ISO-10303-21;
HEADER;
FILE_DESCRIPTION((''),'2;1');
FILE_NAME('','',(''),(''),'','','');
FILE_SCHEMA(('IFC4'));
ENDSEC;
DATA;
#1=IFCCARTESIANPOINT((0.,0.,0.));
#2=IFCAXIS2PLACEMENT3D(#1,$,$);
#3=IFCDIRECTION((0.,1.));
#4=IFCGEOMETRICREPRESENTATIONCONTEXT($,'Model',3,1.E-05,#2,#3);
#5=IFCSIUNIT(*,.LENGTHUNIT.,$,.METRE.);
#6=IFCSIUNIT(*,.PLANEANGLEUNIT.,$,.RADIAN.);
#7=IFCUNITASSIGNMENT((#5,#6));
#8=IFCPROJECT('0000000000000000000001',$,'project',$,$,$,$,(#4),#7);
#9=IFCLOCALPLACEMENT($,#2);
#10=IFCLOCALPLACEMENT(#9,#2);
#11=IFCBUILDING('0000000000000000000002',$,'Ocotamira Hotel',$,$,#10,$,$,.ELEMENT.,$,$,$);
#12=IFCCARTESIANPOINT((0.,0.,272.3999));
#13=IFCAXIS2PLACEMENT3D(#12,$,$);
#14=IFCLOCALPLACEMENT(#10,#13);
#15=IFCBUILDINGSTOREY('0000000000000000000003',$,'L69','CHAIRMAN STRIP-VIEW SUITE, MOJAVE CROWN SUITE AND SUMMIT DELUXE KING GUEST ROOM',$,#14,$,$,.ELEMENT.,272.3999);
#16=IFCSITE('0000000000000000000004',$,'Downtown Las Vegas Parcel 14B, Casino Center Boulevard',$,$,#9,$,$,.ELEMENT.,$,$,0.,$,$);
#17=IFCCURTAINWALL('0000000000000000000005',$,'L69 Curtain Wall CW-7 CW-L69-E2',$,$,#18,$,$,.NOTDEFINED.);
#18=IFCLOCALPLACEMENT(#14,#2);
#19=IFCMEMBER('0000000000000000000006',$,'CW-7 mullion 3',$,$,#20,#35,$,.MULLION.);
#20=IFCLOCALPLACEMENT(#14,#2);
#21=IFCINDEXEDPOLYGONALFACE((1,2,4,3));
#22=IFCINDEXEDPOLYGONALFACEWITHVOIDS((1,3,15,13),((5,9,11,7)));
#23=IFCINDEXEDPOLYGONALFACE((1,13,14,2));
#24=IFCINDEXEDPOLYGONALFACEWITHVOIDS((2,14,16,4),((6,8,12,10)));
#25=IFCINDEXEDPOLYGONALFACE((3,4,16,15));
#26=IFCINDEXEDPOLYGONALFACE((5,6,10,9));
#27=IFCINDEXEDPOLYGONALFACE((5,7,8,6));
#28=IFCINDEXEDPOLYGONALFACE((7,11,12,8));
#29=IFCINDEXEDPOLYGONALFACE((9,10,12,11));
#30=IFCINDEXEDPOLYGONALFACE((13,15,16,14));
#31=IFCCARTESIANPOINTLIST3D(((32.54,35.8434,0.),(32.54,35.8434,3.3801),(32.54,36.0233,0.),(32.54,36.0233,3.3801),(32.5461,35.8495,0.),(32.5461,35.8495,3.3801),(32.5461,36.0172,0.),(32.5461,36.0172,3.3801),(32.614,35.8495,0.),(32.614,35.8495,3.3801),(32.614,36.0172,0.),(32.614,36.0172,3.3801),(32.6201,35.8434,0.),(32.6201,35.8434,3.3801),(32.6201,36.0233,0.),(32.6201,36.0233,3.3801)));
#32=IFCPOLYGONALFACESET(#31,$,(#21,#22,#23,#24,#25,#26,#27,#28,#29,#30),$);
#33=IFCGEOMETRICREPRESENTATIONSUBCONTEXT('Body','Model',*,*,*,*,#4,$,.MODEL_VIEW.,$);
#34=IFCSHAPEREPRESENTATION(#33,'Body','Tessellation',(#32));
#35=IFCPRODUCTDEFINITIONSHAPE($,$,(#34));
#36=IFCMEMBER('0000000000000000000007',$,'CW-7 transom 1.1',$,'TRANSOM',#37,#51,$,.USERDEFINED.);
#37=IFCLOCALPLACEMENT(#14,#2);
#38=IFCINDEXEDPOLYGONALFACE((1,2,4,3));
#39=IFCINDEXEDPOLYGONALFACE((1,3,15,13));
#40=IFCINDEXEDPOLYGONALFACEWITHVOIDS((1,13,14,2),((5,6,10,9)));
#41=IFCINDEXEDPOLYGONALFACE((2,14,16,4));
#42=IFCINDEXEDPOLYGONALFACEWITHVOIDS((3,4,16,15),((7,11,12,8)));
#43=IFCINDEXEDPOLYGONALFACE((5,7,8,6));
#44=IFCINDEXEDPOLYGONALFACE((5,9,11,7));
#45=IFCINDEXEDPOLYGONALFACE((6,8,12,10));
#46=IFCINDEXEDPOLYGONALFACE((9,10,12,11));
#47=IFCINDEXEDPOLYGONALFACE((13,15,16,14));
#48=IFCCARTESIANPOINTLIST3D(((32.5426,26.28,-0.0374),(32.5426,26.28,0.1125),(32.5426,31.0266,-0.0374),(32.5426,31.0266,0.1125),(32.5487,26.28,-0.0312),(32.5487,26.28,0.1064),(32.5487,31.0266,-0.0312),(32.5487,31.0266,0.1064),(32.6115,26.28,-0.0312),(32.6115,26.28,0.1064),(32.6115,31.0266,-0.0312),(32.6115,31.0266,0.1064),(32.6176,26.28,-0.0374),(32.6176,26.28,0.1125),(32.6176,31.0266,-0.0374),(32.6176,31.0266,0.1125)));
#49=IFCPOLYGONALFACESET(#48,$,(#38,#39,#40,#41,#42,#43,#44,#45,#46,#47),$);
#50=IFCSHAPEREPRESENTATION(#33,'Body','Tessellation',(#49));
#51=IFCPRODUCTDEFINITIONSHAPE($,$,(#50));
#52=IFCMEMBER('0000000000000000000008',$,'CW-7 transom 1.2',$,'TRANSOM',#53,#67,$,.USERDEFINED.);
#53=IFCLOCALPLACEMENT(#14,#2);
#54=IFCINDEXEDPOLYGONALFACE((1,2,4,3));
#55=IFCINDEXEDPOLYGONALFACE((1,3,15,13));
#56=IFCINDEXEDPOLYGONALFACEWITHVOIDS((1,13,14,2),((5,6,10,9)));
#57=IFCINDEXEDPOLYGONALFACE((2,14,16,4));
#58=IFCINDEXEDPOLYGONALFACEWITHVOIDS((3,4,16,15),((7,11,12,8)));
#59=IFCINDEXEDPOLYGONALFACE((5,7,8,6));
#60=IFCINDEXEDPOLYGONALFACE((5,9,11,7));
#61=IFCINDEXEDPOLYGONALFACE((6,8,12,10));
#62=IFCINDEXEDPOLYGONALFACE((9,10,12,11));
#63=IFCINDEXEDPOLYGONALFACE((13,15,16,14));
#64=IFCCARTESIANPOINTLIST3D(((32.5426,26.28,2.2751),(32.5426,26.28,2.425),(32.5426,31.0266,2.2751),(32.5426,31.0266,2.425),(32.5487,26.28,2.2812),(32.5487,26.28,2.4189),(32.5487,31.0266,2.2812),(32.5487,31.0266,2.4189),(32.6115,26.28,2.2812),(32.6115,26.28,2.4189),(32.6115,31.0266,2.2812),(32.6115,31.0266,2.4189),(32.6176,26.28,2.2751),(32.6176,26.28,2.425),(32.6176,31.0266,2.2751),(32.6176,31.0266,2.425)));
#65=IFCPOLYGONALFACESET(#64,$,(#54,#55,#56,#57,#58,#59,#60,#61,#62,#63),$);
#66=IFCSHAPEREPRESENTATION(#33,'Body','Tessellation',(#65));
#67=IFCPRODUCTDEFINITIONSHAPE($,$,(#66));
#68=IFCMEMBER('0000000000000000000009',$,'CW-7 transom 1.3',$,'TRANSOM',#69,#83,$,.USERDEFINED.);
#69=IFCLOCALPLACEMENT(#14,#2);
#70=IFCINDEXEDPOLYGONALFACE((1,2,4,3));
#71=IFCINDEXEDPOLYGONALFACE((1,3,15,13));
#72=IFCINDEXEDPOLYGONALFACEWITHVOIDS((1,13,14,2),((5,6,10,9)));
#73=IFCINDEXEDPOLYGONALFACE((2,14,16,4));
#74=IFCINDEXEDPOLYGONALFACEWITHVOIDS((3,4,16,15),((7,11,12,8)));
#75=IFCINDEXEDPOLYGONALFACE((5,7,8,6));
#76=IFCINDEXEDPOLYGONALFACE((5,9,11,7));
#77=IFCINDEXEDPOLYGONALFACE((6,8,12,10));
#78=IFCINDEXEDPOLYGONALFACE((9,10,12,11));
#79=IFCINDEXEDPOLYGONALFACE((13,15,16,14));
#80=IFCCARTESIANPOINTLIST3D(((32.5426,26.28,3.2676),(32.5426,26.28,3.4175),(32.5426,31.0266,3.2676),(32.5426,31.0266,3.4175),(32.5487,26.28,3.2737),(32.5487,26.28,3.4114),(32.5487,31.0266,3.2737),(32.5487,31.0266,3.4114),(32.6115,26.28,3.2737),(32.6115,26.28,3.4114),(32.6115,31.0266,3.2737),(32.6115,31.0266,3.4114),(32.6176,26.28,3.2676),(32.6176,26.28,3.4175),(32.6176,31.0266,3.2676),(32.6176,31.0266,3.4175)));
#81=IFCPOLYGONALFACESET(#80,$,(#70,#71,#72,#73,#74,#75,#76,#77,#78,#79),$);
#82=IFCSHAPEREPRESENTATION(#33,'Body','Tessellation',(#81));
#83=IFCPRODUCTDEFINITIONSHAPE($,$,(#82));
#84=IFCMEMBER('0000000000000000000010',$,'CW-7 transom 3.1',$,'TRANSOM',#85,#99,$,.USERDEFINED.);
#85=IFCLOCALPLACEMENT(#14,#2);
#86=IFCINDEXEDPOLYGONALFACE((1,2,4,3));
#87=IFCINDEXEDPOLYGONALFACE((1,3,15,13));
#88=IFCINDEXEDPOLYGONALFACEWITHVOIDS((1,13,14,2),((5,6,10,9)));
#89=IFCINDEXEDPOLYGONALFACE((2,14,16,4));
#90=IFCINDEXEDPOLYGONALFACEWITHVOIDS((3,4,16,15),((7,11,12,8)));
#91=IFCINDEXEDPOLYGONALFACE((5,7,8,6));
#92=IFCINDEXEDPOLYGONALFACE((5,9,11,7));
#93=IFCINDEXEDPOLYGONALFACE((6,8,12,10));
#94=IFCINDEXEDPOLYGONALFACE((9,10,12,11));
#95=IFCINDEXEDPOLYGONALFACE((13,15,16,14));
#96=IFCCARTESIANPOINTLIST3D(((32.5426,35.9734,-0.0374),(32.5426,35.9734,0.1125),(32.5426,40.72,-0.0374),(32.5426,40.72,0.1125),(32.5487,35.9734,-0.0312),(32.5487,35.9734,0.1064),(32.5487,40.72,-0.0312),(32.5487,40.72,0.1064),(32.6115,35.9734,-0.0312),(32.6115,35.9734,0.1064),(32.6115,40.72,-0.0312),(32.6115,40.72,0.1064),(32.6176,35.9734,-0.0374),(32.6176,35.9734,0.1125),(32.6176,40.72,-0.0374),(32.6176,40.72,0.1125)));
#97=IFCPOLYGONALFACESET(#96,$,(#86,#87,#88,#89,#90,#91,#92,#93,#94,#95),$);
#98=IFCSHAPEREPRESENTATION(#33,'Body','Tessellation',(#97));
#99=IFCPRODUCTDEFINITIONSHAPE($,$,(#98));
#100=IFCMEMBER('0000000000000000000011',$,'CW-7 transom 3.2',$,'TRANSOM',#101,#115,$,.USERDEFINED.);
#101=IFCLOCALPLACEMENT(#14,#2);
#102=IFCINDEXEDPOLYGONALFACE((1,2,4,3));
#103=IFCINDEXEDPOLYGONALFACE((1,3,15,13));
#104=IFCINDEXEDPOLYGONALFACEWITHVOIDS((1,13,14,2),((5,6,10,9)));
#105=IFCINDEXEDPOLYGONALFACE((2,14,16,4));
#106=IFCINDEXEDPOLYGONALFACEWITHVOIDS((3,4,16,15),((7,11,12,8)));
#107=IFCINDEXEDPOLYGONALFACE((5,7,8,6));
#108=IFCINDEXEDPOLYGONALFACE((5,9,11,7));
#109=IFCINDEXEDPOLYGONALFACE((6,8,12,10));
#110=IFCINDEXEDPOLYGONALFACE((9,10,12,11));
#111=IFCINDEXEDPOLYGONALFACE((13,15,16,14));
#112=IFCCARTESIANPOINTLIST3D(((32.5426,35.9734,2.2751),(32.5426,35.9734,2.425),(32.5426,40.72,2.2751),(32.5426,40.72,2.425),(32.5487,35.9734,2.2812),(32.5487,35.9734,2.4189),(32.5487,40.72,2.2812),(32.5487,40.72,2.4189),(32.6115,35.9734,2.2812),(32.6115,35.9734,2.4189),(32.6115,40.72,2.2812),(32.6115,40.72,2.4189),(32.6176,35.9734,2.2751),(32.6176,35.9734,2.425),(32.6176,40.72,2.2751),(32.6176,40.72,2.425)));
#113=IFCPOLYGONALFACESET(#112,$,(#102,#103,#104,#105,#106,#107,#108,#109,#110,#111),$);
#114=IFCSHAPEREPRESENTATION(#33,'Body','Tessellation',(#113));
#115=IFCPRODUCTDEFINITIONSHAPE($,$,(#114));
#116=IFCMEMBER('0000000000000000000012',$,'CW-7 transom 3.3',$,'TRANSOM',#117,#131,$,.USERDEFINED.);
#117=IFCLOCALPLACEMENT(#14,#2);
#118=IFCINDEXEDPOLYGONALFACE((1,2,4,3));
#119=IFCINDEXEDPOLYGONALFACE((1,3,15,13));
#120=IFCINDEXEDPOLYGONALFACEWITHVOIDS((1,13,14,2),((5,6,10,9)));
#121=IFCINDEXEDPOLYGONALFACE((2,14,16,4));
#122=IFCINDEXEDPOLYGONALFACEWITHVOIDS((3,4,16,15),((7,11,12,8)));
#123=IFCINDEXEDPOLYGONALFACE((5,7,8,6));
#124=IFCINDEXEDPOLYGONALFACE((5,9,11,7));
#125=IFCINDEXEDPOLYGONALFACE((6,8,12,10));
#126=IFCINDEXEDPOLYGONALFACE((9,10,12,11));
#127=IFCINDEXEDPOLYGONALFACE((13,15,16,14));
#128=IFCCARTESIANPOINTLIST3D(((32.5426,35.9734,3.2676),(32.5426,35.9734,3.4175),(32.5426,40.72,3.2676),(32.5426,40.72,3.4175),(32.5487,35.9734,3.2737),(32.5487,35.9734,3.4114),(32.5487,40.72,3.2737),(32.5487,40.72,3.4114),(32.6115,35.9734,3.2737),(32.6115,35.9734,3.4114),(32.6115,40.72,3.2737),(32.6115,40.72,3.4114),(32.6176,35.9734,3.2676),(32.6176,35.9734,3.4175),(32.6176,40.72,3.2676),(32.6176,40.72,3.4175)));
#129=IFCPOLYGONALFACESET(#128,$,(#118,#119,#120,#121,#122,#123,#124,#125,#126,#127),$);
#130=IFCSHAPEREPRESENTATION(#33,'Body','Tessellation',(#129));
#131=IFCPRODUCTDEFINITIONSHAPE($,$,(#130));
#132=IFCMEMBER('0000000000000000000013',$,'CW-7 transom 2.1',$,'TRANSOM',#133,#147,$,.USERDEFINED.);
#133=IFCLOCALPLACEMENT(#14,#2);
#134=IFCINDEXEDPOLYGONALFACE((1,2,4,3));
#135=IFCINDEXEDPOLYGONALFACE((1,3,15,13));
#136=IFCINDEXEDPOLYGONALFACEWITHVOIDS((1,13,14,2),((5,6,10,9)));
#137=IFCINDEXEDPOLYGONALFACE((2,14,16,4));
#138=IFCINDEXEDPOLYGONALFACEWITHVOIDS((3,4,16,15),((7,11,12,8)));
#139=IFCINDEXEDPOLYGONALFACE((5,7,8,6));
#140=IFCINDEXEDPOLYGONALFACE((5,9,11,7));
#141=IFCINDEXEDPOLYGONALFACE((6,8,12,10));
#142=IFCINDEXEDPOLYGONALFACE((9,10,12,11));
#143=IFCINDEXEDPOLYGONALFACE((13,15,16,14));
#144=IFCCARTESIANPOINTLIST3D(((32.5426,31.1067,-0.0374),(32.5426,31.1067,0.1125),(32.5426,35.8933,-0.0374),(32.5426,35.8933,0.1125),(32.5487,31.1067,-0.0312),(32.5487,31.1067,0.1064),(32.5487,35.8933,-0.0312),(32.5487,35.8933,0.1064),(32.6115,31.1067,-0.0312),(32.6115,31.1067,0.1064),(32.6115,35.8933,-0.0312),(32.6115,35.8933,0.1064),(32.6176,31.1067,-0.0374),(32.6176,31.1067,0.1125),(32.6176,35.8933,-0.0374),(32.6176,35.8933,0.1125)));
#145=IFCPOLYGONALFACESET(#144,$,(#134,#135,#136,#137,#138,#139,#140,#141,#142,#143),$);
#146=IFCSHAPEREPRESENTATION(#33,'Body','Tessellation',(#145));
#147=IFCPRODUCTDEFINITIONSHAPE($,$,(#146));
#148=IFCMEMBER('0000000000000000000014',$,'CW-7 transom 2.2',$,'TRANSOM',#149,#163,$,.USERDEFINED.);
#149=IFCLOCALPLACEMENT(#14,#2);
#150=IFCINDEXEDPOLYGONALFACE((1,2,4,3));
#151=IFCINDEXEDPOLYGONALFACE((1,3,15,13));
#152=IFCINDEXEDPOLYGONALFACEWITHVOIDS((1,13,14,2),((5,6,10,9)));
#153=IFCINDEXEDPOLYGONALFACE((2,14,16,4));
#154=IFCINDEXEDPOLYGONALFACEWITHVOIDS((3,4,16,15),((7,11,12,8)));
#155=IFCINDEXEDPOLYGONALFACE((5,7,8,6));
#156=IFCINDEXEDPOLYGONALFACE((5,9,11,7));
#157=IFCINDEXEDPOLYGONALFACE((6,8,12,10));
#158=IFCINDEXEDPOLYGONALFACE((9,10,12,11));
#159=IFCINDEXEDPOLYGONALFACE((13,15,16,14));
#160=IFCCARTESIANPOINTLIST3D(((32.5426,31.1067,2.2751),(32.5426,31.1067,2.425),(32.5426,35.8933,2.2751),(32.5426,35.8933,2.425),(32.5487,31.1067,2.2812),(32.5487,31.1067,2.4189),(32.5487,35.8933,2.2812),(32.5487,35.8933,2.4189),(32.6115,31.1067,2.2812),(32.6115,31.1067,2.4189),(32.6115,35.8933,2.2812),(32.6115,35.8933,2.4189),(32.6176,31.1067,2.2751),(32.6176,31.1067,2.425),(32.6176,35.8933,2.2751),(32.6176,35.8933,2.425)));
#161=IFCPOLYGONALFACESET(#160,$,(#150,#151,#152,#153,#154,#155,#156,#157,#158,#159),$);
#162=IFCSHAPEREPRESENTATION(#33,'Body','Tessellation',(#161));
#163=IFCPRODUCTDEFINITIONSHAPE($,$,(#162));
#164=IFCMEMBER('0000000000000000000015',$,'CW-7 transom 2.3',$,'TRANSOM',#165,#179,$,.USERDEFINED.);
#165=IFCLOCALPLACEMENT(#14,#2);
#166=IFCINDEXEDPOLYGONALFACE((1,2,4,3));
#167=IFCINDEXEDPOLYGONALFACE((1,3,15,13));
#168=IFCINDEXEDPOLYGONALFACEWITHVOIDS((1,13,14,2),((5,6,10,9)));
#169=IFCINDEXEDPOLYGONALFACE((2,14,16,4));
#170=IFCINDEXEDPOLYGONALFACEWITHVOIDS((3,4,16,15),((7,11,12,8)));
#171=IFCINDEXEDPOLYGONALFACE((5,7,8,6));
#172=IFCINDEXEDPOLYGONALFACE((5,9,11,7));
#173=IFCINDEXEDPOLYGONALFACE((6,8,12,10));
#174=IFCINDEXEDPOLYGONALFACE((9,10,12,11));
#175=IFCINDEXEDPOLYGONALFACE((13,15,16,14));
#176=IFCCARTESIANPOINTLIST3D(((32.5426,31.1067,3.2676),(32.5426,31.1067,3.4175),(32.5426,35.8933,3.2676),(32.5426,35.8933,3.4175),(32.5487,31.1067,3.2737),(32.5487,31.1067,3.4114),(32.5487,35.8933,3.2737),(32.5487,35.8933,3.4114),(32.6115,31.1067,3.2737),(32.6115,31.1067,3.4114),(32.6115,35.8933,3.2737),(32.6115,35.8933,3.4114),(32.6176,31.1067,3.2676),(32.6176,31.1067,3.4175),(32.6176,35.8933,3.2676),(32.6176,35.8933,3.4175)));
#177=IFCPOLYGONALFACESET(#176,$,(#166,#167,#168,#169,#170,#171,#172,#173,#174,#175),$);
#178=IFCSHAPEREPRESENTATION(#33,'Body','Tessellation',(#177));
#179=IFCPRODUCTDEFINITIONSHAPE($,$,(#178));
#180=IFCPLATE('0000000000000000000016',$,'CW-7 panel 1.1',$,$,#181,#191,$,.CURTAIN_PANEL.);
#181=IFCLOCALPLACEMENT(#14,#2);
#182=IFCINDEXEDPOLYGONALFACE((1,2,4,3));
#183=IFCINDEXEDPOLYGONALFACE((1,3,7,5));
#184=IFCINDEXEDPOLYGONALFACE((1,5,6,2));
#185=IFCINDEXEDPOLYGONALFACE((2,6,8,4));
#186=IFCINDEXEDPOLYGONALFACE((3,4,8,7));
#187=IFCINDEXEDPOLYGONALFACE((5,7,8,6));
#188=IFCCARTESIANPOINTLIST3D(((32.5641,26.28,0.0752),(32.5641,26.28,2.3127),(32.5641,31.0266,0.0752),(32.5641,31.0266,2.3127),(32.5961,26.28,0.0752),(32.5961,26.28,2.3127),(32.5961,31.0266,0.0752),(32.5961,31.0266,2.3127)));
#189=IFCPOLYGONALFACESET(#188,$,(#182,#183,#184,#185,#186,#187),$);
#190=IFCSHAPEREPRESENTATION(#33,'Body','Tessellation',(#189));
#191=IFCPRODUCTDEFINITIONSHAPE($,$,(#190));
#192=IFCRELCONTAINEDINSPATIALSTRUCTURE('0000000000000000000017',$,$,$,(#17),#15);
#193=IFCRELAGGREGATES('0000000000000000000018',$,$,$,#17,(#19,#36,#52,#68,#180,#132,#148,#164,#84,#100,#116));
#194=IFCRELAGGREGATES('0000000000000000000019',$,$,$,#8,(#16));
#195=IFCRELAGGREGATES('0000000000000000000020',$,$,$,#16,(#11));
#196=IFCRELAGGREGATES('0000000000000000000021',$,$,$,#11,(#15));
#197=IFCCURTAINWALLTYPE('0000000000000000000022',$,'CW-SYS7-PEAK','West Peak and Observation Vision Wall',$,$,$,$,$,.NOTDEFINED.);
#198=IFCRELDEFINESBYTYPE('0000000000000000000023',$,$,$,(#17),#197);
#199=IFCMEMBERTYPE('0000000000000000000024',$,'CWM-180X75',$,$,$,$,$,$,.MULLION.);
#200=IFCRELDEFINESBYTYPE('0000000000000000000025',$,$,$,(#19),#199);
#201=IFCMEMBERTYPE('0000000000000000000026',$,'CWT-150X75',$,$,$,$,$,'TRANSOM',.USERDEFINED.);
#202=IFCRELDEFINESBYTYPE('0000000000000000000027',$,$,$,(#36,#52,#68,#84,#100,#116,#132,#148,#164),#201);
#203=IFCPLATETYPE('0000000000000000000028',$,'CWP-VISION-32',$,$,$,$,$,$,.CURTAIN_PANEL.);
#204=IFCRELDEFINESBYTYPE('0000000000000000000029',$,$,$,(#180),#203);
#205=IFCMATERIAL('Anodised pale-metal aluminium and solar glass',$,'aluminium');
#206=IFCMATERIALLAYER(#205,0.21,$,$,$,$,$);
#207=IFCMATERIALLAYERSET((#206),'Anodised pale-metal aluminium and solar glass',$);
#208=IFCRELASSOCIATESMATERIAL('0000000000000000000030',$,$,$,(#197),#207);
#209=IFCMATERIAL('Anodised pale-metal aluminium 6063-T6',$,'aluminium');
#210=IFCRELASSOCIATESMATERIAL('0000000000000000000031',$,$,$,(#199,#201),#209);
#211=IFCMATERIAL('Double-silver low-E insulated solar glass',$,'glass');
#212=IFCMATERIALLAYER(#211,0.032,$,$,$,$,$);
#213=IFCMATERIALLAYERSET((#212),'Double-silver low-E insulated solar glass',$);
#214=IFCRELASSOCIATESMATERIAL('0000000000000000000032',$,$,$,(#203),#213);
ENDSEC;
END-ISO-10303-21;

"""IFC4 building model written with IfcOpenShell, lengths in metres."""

from ifc_helpers import new_model, si_unit, direction, frame, origin, origin_2d, place, context, subcontext, project, spatial, rectangle, hollow_rectangle, extrude, source, transform, mapped, material, layer, layer_set, material_profile, profile_set, type_object, element, aggregate, save


model = new_model("IFC4")

# Units and contexts
model_context = context("Model", 3, precision=1e-05, world=origin(), true_north=direction((0.0, 1.0)))
body_context = subcontext(model_context, "Body", "Model", "MODEL_VIEW")
ifc_project = project(units=[si_unit("LENGTHUNIT", "METRE"), si_unit("PLANEANGLEUNIT", "RADIAN")], contexts=[model_context])

# Site, building, storey
site_placement = place(None, origin())
site = spatial("IfcSite", under=ifc_project, at=site_placement, Name="Downtown Las Vegas Parcel 14B, Casino Center Boulevard", CompositionType="ELEMENT", RefElevation=0.0)
building_placement = place(site_placement, origin())
building = spatial("IfcBuilding", under=site, at=building_placement, Name="Ocotamira Hotel", CompositionType="ELEMENT")
storey_placement = place(building_placement, frame((0.0, 0.0, 272.3999)))
storey = spatial("IfcBuildingStorey", under=building, at=storey_placement, Name="L69", Description="CHAIRMAN STRIP-VIEW SUITE, MOJAVE CROWN SUITE AND SUMMIT DELUXE KING GUEST ROOM", CompositionType="ELEMENT", Elevation=272.3999)

# Curtain wall, members, plate
ifc_material_1 = material(Name="Anodised pale-metal aluminium and solar glass", Category="aluminium")
ifc_layer_1 = layer(ifc_material_1, 0.21)
ifc_layer_set_1 = layer_set([ifc_layer_1], Name="Anodised pale-metal aluminium and solar glass")
curtain_wall_type = type_object("IfcCurtainWallType", Name="CW-SYS7-PEAK", Description="West Peak and Observation Vision Wall", PredefinedType="NOTDEFINED", material=ifc_layer_set_1)
curtain_wall_placement = place(storey_placement, origin())
curtain_wall = element("IfcCurtainWall", 1, at=curtain_wall_placement, inside=storey, type_object=curtain_wall_type, Name="L69 Curtain Wall CW-7 CW-L69-E2", PredefinedType="NOTDEFINED")
ifc_material_2 = material(Name="Anodised pale-metal aluminium 6063-T6", Category="aluminium")
ifc_material_profile_1 = material_profile(ifc_material_2, hollow_rectangle(XDim=0.0801, YDim=0.1799, WallThickness=0.0061, at=origin_2d()), Name="HSS180X80X6")
ifc_profile_set_1 = profile_set([ifc_material_profile_1], Name="Anodised pale-metal aluminium 6063-T6")
member_type_1 = type_object("IfcMemberType", Name="CWM-180X75", PredefinedType="MULLION", material=ifc_profile_set_1)
shared_shape_1 = source(origin(), body_context, "Body", "SweptSolid", [
    extrude(hollow_rectangle(XDim=0.0801, YDim=0.1799, WallThickness=0.0061, at=origin_2d()), origin(), (0.0, 0.0, 1.0), 3.3801),
])
member_1_placement = place(storey_placement, frame((32.5801, 35.9333, 0.0), z_axis=(0.0, 0.0, 1.0), x_axis=(-1.0, 0.0, 0.0)))
member_1 = element("IfcMember", 2, at=member_1_placement, type_object=member_type_1, Name="CW-7 mullion 3", PredefinedType="MULLION", context=body_context, shape_type="MappedRepresentation", body=[
    mapped(shared_shape_1, transform((0.0, 0.0, 0.0), scale=1.0)),
])
ifc_material_profile_2 = material_profile(ifc_material_2, hollow_rectangle(XDim=0.075, YDim=0.1499, WallThickness=0.0061, at=origin_2d()), Name="HSS150X75X6")
ifc_profile_set_2 = profile_set([ifc_material_profile_2], Name="Anodised pale-metal aluminium 6063-T6")
member_type_2 = type_object("IfcMemberType", Name="CWT-150X75", ElementType="TRANSOM", PredefinedType="USERDEFINED", material=ifc_profile_set_2)
shared_shape_2 = source(origin(), body_context, "Body", "SweptSolid", [
    extrude(hollow_rectangle(XDim=0.075, YDim=0.1499, WallThickness=0.0061, at=origin_2d()), origin(), (0.0, 0.0, 1.0), 4.7466),
])
member_2_placement = place(storey_placement, frame((32.5801, 26.28, 0.0376), z_axis=(0.0, 1.0, 0.0), x_axis=(-1.0, 0.0, 0.0)))
member_2 = element("IfcMember", 3, at=member_2_placement, type_object=member_type_2, Name="CW-7 transom 1.1", ObjectType="TRANSOM", PredefinedType="USERDEFINED", context=body_context, shape_type="MappedRepresentation", body=[
    mapped(shared_shape_2, transform((0.0, 0.0, 0.0), scale=1.0)),
])
member_3_placement = place(storey_placement, frame((32.5801, 26.28, 2.3501), z_axis=(0.0, 1.0, 0.0), x_axis=(-1.0, 0.0, 0.0)))
member_3 = element("IfcMember", 4, at=member_3_placement, type_object=member_type_2, Name="CW-7 transom 1.2", ObjectType="TRANSOM", PredefinedType="USERDEFINED", context=body_context, shape_type="MappedRepresentation", body=[
    mapped(shared_shape_2, transform((0.0, 0.0, 0.0), scale=1.0)),
])
member_4_placement = place(storey_placement, frame((32.5801, 26.28, 3.3425), z_axis=(0.0, 1.0, 0.0), x_axis=(-1.0, 0.0, 0.0)))
member_4 = element("IfcMember", 5, at=member_4_placement, type_object=member_type_2, Name="CW-7 transom 1.3", ObjectType="TRANSOM", PredefinedType="USERDEFINED", context=body_context, shape_type="MappedRepresentation", body=[
    mapped(shared_shape_2, transform((0.0, 0.0, 0.0), scale=1.0)),
])
member_5_placement = place(storey_placement, frame((32.5801, 35.9734, 0.0376), z_axis=(0.0, 1.0, 0.0), x_axis=(-1.0, 0.0, 0.0)))
member_5 = element("IfcMember", 6, at=member_5_placement, type_object=member_type_2, Name="CW-7 transom 3.1", ObjectType="TRANSOM", PredefinedType="USERDEFINED", context=body_context, shape_type="MappedRepresentation", body=[
    mapped(shared_shape_2, transform((0.0, 0.0, 0.0), scale=1.0)),
])
member_6_placement = place(storey_placement, frame((32.5801, 35.9734, 2.3501), z_axis=(0.0, 1.0, 0.0), x_axis=(-1.0, 0.0, 0.0)))
member_6 = element("IfcMember", 7, at=member_6_placement, type_object=member_type_2, Name="CW-7 transom 3.2", ObjectType="TRANSOM", PredefinedType="USERDEFINED", context=body_context, shape_type="MappedRepresentation", body=[
    mapped(shared_shape_2, transform((0.0, 0.0, 0.0), scale=1.0)),
])
member_7_placement = place(storey_placement, frame((32.5801, 35.9734, 3.3425), z_axis=(0.0, 1.0, 0.0), x_axis=(-1.0, 0.0, 0.0)))
member_7 = element("IfcMember", 8, at=member_7_placement, type_object=member_type_2, Name="CW-7 transom 3.3", ObjectType="TRANSOM", PredefinedType="USERDEFINED", context=body_context, shape_type="MappedRepresentation", body=[
    mapped(shared_shape_2, transform((0.0, 0.0, 0.0), scale=1.0)),
])
shared_shape_3 = source(origin(), body_context, "Body", "SweptSolid", [
    extrude(hollow_rectangle(XDim=0.075, YDim=0.1499, WallThickness=0.0061, at=origin_2d()), origin(), (0.0, 0.0, 1.0), 4.7866),
])
member_8_placement = place(storey_placement, frame((32.5801, 31.1067, 0.0376), z_axis=(0.0, 1.0, 0.0), x_axis=(-1.0, 0.0, 0.0)))
member_8 = element("IfcMember", 9, at=member_8_placement, type_object=member_type_2, Name="CW-7 transom 2.1", ObjectType="TRANSOM", PredefinedType="USERDEFINED", context=body_context, shape_type="MappedRepresentation", body=[
    mapped(shared_shape_3, transform((0.0, 0.0, 0.0), scale=1.0)),
])
member_9_placement = place(storey_placement, frame((32.5801, 31.1067, 2.3501), z_axis=(0.0, 1.0, 0.0), x_axis=(-1.0, 0.0, 0.0)))
member_9 = element("IfcMember", 10, at=member_9_placement, type_object=member_type_2, Name="CW-7 transom 2.2", ObjectType="TRANSOM", PredefinedType="USERDEFINED", context=body_context, shape_type="MappedRepresentation", body=[
    mapped(shared_shape_3, transform((0.0, 0.0, 0.0), scale=1.0)),
])
member_10_placement = place(storey_placement, frame((32.5801, 31.1067, 3.3425), z_axis=(0.0, 1.0, 0.0), x_axis=(-1.0, 0.0, 0.0)))
member_10 = element("IfcMember", 11, at=member_10_placement, type_object=member_type_2, Name="CW-7 transom 2.3", ObjectType="TRANSOM", PredefinedType="USERDEFINED", context=body_context, shape_type="MappedRepresentation", body=[
    mapped(shared_shape_3, transform((0.0, 0.0, 0.0), scale=1.0)),
])
ifc_material_3 = material(Name="Double-silver low-E insulated solar glass", Category="glass")
ifc_layer_2 = layer(ifc_material_3, 0.032)
ifc_layer_set_2 = layer_set([ifc_layer_2], Name="Double-silver low-E insulated solar glass")
plate_type = type_object("IfcPlateType", Name="CWP-VISION-32", PredefinedType="CURTAIN_PANEL", material=ifc_layer_set_2)
shared_shape_4 = source(origin(), body_context, "Body", "SweptSolid", [
    extrude(rectangle(XDim=4.7466, YDim=0.032, at=origin_2d()), origin(), (0.0, 0.0, 1.0), 2.2375),
])
plate_1_placement = place(storey_placement, frame((32.5801, 28.6533, 0.0752), z_axis=(0.0, 0.0, 1.0), x_axis=(0.0, 1.0, 0.0)))
plate_1 = element("IfcPlate", 12, at=plate_1_placement, type_object=plate_type, Name="CW-7 panel 1.1", PredefinedType="CURTAIN_PANEL", context=body_context, shape_type="MappedRepresentation", body=[
    mapped(shared_shape_4, transform((0.0, 0.0, 0.0), scale=1.0)),
])
aggregate(curtain_wall, [member_1, member_2, member_3, member_4, plate_1, member_8, member_9, member_10, member_5, member_6, member_7])

save(model, "model.ifc")
